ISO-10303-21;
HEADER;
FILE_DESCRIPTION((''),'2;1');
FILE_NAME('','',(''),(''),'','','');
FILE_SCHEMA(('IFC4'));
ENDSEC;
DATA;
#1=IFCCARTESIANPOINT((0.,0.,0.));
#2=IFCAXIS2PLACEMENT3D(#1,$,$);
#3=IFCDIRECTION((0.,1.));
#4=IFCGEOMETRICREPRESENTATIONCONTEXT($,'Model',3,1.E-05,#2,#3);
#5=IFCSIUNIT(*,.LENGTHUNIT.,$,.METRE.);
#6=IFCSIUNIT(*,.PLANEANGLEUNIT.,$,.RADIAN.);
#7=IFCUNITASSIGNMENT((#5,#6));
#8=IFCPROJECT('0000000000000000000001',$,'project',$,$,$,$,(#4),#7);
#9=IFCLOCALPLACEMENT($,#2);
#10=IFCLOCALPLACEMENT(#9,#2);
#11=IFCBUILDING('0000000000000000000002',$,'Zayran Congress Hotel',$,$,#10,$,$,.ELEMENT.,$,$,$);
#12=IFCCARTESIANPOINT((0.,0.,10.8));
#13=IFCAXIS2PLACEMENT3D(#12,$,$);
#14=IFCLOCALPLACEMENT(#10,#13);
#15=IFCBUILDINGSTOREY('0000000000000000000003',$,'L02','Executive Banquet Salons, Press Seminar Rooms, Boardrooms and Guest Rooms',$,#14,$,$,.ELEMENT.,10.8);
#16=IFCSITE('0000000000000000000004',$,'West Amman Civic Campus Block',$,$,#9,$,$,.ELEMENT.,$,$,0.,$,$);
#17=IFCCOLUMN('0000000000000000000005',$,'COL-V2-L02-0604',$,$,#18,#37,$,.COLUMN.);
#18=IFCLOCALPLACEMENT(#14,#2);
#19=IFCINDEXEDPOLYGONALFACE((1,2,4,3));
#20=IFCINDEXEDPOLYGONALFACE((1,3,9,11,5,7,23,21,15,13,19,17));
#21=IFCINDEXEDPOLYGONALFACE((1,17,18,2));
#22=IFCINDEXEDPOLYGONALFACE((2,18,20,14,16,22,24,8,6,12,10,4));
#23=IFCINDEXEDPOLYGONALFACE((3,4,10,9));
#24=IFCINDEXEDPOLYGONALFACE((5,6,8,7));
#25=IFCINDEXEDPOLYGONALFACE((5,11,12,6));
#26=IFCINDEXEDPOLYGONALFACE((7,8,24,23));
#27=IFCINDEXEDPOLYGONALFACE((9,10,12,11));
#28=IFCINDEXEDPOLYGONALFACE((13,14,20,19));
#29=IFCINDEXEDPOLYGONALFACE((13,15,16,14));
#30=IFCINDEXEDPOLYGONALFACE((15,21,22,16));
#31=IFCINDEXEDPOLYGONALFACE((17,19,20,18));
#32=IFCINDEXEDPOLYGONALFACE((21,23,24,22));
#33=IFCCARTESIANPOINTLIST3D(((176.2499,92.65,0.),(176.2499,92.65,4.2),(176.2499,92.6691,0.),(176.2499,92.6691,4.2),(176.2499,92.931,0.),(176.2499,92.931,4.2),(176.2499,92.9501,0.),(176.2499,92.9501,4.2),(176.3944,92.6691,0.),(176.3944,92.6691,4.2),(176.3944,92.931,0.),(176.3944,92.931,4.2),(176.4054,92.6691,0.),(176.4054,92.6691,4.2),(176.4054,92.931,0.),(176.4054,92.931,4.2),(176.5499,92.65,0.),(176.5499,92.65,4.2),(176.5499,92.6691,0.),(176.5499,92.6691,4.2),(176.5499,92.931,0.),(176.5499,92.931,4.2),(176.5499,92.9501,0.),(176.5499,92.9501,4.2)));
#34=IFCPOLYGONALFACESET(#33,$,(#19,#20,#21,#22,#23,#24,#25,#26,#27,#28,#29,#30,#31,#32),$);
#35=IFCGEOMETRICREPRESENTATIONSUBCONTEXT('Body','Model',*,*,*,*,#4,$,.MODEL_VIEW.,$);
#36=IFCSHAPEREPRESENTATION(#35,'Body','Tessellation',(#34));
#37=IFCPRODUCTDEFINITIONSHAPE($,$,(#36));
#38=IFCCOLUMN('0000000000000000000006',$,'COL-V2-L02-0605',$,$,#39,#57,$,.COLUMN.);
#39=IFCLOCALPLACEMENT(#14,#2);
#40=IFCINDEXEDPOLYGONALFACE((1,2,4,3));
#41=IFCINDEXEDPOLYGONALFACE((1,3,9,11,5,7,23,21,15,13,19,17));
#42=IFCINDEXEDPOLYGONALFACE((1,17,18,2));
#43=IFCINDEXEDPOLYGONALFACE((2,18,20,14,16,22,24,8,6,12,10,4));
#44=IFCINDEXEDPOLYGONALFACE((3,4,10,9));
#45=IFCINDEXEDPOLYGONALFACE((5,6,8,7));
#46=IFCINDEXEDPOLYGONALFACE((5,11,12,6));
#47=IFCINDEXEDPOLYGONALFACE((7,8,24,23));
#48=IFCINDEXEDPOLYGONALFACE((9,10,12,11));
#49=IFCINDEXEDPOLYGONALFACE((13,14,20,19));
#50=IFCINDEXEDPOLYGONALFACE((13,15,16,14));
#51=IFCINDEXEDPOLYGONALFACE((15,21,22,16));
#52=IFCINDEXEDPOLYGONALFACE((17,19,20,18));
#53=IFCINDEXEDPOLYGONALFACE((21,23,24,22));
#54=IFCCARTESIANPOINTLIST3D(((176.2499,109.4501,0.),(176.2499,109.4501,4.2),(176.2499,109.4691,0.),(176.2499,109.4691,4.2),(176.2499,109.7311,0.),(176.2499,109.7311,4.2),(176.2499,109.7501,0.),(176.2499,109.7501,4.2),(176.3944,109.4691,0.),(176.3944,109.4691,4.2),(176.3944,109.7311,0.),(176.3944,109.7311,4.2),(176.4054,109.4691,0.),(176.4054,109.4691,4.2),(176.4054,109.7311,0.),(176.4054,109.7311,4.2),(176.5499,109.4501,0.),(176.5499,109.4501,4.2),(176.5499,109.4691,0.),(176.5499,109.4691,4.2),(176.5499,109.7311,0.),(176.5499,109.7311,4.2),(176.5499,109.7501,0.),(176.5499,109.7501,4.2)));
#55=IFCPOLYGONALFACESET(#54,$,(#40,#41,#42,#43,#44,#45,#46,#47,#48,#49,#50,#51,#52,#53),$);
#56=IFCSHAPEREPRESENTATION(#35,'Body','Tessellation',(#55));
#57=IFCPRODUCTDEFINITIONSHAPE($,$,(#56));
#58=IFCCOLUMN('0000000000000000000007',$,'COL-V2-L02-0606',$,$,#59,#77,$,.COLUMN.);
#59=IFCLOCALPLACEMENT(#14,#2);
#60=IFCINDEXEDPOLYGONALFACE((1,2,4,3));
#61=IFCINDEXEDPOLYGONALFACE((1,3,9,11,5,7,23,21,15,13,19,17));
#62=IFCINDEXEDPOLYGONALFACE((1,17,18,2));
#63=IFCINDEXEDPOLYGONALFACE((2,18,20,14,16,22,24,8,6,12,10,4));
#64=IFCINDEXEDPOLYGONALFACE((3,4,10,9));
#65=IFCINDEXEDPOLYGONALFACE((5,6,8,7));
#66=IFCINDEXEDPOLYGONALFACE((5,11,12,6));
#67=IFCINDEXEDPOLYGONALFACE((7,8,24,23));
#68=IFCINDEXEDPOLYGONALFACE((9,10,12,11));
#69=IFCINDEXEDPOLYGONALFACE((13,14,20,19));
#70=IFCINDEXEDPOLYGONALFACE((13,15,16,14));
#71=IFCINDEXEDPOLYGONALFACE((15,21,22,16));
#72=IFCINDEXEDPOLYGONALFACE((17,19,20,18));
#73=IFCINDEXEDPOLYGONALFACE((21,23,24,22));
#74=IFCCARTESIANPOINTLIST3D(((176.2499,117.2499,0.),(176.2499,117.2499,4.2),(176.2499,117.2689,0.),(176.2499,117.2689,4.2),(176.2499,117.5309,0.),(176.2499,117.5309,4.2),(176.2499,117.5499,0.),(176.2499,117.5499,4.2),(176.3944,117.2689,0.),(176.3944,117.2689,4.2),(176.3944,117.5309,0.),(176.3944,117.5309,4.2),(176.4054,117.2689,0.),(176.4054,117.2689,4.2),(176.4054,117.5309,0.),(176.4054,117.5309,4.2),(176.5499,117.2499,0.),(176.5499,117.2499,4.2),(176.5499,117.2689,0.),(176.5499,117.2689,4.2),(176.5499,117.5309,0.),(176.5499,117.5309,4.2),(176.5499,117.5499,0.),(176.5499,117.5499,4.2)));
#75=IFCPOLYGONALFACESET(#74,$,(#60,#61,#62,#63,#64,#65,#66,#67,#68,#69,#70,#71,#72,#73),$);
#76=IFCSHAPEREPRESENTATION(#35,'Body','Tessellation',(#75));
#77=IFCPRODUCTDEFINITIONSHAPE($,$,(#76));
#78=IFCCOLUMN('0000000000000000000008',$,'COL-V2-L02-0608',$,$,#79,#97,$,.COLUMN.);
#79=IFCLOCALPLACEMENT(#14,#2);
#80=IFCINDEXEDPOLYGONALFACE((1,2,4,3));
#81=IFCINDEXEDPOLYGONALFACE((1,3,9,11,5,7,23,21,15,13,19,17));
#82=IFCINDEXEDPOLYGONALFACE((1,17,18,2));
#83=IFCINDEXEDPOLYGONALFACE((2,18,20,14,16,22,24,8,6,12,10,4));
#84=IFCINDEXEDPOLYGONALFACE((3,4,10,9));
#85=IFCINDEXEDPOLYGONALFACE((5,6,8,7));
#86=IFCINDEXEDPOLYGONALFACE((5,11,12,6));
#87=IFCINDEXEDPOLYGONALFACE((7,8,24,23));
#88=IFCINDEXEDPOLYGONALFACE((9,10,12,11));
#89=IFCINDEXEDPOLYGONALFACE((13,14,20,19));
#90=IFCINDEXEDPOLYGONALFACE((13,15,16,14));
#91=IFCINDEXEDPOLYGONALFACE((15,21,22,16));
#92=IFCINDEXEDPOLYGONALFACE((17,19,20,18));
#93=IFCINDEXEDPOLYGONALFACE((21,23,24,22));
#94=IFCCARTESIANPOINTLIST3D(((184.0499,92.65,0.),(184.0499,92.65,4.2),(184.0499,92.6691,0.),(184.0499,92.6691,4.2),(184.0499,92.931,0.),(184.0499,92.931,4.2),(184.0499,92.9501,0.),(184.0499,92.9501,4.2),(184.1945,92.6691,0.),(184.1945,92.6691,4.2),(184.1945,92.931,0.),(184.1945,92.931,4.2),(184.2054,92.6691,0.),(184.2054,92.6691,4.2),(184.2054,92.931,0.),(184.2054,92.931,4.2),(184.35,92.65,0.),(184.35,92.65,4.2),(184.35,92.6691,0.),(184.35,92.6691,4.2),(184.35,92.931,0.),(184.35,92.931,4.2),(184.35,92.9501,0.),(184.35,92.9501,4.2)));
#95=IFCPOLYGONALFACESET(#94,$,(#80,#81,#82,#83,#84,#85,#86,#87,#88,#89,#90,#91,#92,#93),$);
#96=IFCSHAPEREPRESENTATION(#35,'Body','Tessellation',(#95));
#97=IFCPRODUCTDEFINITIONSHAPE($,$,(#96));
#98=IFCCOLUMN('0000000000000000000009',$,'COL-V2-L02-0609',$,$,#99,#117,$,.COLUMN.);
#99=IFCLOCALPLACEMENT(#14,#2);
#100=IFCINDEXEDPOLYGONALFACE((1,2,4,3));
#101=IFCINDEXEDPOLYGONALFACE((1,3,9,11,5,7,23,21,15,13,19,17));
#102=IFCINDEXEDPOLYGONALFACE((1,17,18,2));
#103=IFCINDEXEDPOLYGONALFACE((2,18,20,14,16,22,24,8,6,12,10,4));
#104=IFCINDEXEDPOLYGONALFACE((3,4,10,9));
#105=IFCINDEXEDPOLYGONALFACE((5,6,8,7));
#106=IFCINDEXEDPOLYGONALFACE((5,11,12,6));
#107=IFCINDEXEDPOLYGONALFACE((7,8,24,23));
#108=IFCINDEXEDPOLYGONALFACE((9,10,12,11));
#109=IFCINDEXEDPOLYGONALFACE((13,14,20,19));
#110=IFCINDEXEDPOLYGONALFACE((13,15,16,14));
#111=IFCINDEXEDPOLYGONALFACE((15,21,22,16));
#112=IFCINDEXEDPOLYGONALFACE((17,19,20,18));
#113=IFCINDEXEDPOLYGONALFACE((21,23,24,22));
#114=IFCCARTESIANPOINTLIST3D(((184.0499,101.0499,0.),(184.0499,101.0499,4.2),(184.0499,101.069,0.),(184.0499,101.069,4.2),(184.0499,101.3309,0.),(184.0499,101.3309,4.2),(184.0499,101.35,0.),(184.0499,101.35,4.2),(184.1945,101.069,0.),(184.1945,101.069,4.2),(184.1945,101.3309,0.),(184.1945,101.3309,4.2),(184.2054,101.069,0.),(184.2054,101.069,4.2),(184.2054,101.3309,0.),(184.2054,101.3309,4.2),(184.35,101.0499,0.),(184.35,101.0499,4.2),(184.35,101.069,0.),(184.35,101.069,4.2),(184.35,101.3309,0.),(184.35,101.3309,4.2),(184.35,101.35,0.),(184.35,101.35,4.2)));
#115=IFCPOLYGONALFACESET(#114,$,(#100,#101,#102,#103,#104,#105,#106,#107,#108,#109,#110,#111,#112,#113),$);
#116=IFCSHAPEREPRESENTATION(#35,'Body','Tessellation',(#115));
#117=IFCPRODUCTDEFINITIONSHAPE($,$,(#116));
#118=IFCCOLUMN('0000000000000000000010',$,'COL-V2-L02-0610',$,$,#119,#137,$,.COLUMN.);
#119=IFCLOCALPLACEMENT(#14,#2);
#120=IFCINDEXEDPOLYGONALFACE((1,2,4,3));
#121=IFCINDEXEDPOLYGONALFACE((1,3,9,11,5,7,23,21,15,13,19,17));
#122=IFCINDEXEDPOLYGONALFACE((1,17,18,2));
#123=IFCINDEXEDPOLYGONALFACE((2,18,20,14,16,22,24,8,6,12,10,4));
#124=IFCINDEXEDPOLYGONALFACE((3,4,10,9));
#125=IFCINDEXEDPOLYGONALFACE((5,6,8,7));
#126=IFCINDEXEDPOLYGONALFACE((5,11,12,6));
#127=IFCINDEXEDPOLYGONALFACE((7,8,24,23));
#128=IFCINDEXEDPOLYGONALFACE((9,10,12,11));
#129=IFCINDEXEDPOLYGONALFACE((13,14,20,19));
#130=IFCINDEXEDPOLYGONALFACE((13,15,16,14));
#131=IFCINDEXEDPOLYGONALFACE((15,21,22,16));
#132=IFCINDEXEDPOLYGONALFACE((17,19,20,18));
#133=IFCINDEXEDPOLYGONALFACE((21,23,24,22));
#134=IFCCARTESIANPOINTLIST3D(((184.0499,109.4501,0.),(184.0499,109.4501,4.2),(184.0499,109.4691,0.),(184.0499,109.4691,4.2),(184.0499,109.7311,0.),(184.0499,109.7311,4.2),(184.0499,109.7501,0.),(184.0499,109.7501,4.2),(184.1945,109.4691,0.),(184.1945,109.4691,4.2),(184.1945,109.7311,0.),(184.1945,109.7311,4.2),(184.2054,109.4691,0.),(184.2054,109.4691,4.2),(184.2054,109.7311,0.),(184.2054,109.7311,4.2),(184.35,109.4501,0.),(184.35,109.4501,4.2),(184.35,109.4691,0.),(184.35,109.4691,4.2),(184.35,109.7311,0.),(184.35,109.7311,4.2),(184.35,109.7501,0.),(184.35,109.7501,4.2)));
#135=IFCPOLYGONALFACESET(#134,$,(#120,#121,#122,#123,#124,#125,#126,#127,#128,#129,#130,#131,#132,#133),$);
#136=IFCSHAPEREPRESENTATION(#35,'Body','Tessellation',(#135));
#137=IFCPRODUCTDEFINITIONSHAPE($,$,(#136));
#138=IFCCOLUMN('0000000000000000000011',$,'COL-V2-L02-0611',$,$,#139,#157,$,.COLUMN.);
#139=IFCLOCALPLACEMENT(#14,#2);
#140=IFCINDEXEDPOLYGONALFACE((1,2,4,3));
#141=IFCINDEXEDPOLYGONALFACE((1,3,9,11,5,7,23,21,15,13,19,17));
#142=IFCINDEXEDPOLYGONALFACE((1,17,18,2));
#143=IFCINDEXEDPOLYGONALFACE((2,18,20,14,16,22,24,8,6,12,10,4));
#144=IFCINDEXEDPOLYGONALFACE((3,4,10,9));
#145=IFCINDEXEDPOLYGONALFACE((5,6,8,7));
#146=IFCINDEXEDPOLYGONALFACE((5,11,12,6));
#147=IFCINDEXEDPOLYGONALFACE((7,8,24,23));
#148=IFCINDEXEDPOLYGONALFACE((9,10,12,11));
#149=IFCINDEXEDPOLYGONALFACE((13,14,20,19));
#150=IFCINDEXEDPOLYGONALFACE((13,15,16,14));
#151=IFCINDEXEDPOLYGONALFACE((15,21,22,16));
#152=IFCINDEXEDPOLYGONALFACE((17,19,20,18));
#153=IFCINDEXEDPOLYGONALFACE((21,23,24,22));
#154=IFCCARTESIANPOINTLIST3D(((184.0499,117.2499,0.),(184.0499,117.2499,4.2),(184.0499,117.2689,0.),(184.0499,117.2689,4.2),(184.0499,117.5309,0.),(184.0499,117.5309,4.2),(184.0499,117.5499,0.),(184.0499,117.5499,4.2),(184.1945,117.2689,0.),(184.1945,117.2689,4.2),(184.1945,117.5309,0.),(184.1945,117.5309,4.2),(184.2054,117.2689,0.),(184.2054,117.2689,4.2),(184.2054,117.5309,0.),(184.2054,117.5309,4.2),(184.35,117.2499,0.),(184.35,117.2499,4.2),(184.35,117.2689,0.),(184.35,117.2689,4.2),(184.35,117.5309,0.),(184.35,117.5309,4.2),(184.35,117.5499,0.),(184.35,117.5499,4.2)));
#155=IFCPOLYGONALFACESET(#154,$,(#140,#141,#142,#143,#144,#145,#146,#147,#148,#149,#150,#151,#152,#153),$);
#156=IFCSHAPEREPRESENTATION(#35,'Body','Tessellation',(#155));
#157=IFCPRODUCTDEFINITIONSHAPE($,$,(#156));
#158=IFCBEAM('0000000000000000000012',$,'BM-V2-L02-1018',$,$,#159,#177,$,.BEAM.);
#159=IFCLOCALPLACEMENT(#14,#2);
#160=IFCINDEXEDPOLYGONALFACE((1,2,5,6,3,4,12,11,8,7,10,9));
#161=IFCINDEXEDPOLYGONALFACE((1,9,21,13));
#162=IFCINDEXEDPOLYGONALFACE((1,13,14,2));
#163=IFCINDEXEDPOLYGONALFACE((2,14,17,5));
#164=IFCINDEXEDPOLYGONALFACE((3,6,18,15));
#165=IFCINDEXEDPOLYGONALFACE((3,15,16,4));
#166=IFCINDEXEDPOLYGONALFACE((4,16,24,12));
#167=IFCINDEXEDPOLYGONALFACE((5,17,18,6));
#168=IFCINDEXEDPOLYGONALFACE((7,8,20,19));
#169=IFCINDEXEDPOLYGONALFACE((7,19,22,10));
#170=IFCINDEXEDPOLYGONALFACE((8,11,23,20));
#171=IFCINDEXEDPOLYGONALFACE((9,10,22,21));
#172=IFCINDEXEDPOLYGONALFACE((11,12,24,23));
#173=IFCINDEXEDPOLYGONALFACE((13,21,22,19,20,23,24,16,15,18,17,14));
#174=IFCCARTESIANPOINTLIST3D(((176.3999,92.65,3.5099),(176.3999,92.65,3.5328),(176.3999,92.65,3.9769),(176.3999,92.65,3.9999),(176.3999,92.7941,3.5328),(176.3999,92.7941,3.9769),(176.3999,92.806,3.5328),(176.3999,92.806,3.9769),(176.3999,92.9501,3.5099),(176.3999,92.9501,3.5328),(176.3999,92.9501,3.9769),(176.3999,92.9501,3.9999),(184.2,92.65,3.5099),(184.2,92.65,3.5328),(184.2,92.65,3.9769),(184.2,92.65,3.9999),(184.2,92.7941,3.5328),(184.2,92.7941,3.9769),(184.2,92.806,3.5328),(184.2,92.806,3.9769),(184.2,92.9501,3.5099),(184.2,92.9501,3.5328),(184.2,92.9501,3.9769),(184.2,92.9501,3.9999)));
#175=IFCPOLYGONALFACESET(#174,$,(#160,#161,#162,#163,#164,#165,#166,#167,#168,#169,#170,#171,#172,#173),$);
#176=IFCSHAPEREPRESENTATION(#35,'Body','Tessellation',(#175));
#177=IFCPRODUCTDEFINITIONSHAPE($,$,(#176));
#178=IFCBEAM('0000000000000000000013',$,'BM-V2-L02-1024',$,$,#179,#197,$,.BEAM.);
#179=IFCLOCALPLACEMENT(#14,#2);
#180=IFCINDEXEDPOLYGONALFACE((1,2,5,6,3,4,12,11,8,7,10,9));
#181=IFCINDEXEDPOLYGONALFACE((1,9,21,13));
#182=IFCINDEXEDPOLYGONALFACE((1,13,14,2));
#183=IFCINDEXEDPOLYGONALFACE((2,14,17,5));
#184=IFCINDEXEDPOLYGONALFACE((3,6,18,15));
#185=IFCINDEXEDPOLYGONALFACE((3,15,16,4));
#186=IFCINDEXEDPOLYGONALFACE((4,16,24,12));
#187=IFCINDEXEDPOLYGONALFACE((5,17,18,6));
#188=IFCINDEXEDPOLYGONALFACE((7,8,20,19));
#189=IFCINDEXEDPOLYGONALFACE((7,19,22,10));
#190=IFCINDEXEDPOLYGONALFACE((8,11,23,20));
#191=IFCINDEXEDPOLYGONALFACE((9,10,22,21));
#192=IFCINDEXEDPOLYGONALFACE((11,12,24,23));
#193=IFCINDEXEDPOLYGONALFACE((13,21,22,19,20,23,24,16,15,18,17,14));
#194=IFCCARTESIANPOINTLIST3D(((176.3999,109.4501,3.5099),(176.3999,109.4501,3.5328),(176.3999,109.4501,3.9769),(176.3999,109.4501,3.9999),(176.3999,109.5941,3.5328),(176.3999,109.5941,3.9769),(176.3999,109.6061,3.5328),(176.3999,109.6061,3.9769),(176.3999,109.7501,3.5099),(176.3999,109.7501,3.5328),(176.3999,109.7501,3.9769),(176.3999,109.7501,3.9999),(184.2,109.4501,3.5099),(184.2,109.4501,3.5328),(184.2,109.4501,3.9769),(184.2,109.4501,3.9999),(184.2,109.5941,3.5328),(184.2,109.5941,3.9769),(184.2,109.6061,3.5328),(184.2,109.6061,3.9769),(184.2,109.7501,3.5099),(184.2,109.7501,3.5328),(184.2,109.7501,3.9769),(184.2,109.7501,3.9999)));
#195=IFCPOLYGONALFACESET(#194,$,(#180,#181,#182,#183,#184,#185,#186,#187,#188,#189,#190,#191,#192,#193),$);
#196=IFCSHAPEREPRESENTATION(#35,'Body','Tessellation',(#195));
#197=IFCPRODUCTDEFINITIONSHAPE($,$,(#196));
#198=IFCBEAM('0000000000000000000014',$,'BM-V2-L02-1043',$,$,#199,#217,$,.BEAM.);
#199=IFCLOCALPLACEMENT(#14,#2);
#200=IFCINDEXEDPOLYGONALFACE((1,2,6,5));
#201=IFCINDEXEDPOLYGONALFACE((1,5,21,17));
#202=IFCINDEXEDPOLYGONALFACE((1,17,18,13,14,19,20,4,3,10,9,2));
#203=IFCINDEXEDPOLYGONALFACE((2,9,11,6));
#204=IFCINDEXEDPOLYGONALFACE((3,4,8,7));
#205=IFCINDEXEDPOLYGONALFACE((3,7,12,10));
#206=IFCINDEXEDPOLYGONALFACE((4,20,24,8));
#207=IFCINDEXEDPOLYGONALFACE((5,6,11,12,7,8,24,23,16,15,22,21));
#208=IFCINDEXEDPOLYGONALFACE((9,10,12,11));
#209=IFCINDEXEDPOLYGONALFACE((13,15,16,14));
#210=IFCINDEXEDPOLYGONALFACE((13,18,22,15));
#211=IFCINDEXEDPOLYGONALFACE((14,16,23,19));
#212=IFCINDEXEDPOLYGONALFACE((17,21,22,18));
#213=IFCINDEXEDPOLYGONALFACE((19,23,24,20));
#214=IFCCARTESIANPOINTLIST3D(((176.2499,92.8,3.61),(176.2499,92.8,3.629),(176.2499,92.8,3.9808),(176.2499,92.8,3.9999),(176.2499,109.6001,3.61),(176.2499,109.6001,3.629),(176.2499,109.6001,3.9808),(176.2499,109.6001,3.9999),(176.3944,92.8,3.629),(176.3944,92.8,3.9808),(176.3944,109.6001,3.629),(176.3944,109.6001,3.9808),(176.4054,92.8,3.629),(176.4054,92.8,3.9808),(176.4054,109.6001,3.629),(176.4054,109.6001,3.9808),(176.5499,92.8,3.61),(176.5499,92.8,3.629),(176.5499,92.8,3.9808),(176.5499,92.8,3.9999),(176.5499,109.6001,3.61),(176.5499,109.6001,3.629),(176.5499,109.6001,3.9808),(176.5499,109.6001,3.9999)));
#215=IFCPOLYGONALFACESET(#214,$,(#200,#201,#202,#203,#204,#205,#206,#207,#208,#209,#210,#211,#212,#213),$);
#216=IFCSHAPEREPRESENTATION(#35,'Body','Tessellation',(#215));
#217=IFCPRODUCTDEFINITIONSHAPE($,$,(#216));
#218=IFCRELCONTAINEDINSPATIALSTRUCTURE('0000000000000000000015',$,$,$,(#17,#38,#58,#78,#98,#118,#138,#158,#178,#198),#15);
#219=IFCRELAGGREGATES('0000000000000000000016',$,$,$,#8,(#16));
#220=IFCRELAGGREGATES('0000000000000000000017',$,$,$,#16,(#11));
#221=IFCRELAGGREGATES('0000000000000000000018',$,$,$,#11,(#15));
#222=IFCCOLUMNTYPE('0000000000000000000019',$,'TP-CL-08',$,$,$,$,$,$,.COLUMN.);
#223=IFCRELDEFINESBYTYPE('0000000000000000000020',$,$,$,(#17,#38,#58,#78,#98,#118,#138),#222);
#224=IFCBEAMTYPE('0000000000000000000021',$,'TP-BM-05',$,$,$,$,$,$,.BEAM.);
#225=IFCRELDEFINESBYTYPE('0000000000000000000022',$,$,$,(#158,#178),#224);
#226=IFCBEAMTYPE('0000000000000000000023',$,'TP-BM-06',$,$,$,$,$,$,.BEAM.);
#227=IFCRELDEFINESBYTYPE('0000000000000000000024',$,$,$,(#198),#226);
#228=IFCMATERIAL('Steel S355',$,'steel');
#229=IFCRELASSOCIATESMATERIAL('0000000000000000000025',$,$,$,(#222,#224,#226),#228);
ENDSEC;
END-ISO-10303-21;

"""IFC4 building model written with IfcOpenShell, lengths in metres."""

from ifc_helpers import new_model, si_unit, direction, frame, origin, origin_2d, place, context, subcontext, project, spatial, i_section, extrude, material, material_profile, profile_set, type_object, element, save


model = new_model("IFC4")

# Units and contexts
model_context = context("Model", 3, precision=1e-05, world=origin(), true_north=direction((0.0, 1.0)))
body_context = subcontext(model_context, "Body", "Model", "MODEL_VIEW")
ifc_project = project(units=[si_unit("LENGTHUNIT", "METRE"), si_unit("PLANEANGLEUNIT", "RADIAN")], contexts=[model_context])

# Site, building, storey
site_placement = place(None, origin())
site = spatial("IfcSite", under=ifc_project, at=site_placement, Name="West Amman Civic Campus Block", CompositionType="ELEMENT", RefElevation=0.0)
building_placement = place(site_placement, origin())
building = spatial("IfcBuilding", under=site, at=building_placement, Name="Zayran Congress Hotel", CompositionType="ELEMENT")
storey_placement = place(building_placement, frame((0.0, 0.0, 10.8)))
storey = spatial("IfcBuildingStorey", under=building, at=storey_placement, Name="L02", Description="Executive Banquet Salons, Press Seminar Rooms, Boardrooms and Guest Rooms", CompositionType="ELEMENT", Elevation=10.8)

# Columns
ifc_material_1 = material(Name="Steel S355", Category="steel")
ifc_material_profile_1 = material_profile(ifc_material_1, i_section(OverallWidth=0.3, OverallDepth=0.3, WebThickness=0.011, FlangeThickness=0.019, at=origin_2d()), Name="HEB 300")
ifc_profile_set_1 = profile_set([ifc_material_profile_1], Name="Steel S355")
column_type = type_object("IfcColumnType", Name="TP-CL-08", PredefinedType="COLUMN", material=ifc_profile_set_1)
for number, where, z_axis, x_axis, name in (
    (1, (176.3999, 92.8, 0.0), (0.0, 0.0, 1.0), (1.0, 0.0, 0.0), "COL-V2-L02-0604"),
    (2, (176.3999, 109.6001, 0.0), (0.0, 0.0, 1.0), (1.0, 0.0, 0.0), "COL-V2-L02-0605"),
    (3, (176.3999, 117.3999, 0.0), (0.0, 0.0, 1.0), (1.0, 0.0, 0.0), "COL-V2-L02-0606"),
    (4, (184.2, 92.8, 0.0), (0.0, 0.0, 1.0), (1.0, 0.0, 0.0), "COL-V2-L02-0608"),
    (5, (184.2, 101.2, 0.0), (0.0, 0.0, 1.0), (1.0, 0.0, 0.0), "COL-V2-L02-0609"),
    (6, (184.2, 109.6001, 0.0), (0.0, 0.0, 1.0), (1.0, 0.0, 0.0), "COL-V2-L02-0610"),
    (7, (184.2, 117.3999, 0.0), (0.0, 0.0, 1.0), (1.0, 0.0, 0.0), "COL-V2-L02-0611"),
):
    element("IfcColumn", number, at=place(storey_placement, frame(where, z_axis=z_axis, x_axis=x_axis)), inside=storey, type_object=column_type, Name=name, PredefinedType="COLUMN", context=body_context, shape_type="SweptSolid", body=[
        extrude(i_section(OverallWidth=0.3, OverallDepth=0.3, WebThickness=0.011, FlangeThickness=0.019, at=origin_2d()), origin(), (0.0, 0.0, 1.0), 4.2),
    ])

# Beams
ifc_material_profile_2 = material_profile(ifc_material_1, i_section(OverallWidth=0.3, OverallDepth=0.49, WebThickness=0.012, FlangeThickness=0.0229, at=origin_2d()), Name="HEA 500")
ifc_profile_set_2 = profile_set([ifc_material_profile_2], Name="Steel S355")
beam_type_1 = type_object("IfcBeamType", Name="TP-BM-05", PredefinedType="BEAM", material=ifc_profile_set_2)
for number, where, z_axis, x_axis, name in (
    (8, (176.3999, 92.8, 3.7549), (1.0, 0.0, 0.0), (0.0, 1.0, 0.0), "BM-V2-L02-1018"),
    (9, (176.3999, 109.6001, 3.7549), (1.0, 0.0, 0.0), (0.0, 1.0, 0.0), "BM-V2-L02-1024"),
):
    element("IfcBeam", number, at=place(storey_placement, frame(where, z_axis=z_axis, x_axis=x_axis)), inside=storey, type_object=beam_type_1, Name=name, PredefinedType="BEAM", context=body_context, shape_type="SweptSolid", body=[
        extrude(i_section(OverallWidth=0.3, OverallDepth=0.49, WebThickness=0.012, FlangeThickness=0.0229, at=origin_2d()), origin(), (0.0, 0.0, 1.0), 7.8),
    ])
ifc_material_profile_3 = material_profile(ifc_material_1, i_section(OverallWidth=0.3, OverallDepth=0.3899, WebThickness=0.011, FlangeThickness=0.019, at=origin_2d()), Name="HEA 400")
ifc_profile_set_3 = profile_set([ifc_material_profile_3], Name="Steel S355")
beam_type_2 = type_object("IfcBeamType", Name="TP-BM-06", PredefinedType="BEAM", material=ifc_profile_set_3)
beam_1_placement = place(storey_placement, frame((176.3999, 92.8, 3.8049), z_axis=(0.0, 1.0, 0.0), x_axis=(-1.0, 0.0, 0.0)))
element("IfcBeam", 10, at=beam_1_placement, inside=storey, type_object=beam_type_2, Name="BM-V2-L02-1043", PredefinedType="BEAM", context=body_context, shape_type="SweptSolid", body=[
    extrude(i_section(OverallWidth=0.3, OverallDepth=0.3899, WebThickness=0.011, FlangeThickness=0.019, at=origin_2d()), origin(), (0.0, 0.0, 1.0), 16.8),
])

save(model, "model.ifc")
